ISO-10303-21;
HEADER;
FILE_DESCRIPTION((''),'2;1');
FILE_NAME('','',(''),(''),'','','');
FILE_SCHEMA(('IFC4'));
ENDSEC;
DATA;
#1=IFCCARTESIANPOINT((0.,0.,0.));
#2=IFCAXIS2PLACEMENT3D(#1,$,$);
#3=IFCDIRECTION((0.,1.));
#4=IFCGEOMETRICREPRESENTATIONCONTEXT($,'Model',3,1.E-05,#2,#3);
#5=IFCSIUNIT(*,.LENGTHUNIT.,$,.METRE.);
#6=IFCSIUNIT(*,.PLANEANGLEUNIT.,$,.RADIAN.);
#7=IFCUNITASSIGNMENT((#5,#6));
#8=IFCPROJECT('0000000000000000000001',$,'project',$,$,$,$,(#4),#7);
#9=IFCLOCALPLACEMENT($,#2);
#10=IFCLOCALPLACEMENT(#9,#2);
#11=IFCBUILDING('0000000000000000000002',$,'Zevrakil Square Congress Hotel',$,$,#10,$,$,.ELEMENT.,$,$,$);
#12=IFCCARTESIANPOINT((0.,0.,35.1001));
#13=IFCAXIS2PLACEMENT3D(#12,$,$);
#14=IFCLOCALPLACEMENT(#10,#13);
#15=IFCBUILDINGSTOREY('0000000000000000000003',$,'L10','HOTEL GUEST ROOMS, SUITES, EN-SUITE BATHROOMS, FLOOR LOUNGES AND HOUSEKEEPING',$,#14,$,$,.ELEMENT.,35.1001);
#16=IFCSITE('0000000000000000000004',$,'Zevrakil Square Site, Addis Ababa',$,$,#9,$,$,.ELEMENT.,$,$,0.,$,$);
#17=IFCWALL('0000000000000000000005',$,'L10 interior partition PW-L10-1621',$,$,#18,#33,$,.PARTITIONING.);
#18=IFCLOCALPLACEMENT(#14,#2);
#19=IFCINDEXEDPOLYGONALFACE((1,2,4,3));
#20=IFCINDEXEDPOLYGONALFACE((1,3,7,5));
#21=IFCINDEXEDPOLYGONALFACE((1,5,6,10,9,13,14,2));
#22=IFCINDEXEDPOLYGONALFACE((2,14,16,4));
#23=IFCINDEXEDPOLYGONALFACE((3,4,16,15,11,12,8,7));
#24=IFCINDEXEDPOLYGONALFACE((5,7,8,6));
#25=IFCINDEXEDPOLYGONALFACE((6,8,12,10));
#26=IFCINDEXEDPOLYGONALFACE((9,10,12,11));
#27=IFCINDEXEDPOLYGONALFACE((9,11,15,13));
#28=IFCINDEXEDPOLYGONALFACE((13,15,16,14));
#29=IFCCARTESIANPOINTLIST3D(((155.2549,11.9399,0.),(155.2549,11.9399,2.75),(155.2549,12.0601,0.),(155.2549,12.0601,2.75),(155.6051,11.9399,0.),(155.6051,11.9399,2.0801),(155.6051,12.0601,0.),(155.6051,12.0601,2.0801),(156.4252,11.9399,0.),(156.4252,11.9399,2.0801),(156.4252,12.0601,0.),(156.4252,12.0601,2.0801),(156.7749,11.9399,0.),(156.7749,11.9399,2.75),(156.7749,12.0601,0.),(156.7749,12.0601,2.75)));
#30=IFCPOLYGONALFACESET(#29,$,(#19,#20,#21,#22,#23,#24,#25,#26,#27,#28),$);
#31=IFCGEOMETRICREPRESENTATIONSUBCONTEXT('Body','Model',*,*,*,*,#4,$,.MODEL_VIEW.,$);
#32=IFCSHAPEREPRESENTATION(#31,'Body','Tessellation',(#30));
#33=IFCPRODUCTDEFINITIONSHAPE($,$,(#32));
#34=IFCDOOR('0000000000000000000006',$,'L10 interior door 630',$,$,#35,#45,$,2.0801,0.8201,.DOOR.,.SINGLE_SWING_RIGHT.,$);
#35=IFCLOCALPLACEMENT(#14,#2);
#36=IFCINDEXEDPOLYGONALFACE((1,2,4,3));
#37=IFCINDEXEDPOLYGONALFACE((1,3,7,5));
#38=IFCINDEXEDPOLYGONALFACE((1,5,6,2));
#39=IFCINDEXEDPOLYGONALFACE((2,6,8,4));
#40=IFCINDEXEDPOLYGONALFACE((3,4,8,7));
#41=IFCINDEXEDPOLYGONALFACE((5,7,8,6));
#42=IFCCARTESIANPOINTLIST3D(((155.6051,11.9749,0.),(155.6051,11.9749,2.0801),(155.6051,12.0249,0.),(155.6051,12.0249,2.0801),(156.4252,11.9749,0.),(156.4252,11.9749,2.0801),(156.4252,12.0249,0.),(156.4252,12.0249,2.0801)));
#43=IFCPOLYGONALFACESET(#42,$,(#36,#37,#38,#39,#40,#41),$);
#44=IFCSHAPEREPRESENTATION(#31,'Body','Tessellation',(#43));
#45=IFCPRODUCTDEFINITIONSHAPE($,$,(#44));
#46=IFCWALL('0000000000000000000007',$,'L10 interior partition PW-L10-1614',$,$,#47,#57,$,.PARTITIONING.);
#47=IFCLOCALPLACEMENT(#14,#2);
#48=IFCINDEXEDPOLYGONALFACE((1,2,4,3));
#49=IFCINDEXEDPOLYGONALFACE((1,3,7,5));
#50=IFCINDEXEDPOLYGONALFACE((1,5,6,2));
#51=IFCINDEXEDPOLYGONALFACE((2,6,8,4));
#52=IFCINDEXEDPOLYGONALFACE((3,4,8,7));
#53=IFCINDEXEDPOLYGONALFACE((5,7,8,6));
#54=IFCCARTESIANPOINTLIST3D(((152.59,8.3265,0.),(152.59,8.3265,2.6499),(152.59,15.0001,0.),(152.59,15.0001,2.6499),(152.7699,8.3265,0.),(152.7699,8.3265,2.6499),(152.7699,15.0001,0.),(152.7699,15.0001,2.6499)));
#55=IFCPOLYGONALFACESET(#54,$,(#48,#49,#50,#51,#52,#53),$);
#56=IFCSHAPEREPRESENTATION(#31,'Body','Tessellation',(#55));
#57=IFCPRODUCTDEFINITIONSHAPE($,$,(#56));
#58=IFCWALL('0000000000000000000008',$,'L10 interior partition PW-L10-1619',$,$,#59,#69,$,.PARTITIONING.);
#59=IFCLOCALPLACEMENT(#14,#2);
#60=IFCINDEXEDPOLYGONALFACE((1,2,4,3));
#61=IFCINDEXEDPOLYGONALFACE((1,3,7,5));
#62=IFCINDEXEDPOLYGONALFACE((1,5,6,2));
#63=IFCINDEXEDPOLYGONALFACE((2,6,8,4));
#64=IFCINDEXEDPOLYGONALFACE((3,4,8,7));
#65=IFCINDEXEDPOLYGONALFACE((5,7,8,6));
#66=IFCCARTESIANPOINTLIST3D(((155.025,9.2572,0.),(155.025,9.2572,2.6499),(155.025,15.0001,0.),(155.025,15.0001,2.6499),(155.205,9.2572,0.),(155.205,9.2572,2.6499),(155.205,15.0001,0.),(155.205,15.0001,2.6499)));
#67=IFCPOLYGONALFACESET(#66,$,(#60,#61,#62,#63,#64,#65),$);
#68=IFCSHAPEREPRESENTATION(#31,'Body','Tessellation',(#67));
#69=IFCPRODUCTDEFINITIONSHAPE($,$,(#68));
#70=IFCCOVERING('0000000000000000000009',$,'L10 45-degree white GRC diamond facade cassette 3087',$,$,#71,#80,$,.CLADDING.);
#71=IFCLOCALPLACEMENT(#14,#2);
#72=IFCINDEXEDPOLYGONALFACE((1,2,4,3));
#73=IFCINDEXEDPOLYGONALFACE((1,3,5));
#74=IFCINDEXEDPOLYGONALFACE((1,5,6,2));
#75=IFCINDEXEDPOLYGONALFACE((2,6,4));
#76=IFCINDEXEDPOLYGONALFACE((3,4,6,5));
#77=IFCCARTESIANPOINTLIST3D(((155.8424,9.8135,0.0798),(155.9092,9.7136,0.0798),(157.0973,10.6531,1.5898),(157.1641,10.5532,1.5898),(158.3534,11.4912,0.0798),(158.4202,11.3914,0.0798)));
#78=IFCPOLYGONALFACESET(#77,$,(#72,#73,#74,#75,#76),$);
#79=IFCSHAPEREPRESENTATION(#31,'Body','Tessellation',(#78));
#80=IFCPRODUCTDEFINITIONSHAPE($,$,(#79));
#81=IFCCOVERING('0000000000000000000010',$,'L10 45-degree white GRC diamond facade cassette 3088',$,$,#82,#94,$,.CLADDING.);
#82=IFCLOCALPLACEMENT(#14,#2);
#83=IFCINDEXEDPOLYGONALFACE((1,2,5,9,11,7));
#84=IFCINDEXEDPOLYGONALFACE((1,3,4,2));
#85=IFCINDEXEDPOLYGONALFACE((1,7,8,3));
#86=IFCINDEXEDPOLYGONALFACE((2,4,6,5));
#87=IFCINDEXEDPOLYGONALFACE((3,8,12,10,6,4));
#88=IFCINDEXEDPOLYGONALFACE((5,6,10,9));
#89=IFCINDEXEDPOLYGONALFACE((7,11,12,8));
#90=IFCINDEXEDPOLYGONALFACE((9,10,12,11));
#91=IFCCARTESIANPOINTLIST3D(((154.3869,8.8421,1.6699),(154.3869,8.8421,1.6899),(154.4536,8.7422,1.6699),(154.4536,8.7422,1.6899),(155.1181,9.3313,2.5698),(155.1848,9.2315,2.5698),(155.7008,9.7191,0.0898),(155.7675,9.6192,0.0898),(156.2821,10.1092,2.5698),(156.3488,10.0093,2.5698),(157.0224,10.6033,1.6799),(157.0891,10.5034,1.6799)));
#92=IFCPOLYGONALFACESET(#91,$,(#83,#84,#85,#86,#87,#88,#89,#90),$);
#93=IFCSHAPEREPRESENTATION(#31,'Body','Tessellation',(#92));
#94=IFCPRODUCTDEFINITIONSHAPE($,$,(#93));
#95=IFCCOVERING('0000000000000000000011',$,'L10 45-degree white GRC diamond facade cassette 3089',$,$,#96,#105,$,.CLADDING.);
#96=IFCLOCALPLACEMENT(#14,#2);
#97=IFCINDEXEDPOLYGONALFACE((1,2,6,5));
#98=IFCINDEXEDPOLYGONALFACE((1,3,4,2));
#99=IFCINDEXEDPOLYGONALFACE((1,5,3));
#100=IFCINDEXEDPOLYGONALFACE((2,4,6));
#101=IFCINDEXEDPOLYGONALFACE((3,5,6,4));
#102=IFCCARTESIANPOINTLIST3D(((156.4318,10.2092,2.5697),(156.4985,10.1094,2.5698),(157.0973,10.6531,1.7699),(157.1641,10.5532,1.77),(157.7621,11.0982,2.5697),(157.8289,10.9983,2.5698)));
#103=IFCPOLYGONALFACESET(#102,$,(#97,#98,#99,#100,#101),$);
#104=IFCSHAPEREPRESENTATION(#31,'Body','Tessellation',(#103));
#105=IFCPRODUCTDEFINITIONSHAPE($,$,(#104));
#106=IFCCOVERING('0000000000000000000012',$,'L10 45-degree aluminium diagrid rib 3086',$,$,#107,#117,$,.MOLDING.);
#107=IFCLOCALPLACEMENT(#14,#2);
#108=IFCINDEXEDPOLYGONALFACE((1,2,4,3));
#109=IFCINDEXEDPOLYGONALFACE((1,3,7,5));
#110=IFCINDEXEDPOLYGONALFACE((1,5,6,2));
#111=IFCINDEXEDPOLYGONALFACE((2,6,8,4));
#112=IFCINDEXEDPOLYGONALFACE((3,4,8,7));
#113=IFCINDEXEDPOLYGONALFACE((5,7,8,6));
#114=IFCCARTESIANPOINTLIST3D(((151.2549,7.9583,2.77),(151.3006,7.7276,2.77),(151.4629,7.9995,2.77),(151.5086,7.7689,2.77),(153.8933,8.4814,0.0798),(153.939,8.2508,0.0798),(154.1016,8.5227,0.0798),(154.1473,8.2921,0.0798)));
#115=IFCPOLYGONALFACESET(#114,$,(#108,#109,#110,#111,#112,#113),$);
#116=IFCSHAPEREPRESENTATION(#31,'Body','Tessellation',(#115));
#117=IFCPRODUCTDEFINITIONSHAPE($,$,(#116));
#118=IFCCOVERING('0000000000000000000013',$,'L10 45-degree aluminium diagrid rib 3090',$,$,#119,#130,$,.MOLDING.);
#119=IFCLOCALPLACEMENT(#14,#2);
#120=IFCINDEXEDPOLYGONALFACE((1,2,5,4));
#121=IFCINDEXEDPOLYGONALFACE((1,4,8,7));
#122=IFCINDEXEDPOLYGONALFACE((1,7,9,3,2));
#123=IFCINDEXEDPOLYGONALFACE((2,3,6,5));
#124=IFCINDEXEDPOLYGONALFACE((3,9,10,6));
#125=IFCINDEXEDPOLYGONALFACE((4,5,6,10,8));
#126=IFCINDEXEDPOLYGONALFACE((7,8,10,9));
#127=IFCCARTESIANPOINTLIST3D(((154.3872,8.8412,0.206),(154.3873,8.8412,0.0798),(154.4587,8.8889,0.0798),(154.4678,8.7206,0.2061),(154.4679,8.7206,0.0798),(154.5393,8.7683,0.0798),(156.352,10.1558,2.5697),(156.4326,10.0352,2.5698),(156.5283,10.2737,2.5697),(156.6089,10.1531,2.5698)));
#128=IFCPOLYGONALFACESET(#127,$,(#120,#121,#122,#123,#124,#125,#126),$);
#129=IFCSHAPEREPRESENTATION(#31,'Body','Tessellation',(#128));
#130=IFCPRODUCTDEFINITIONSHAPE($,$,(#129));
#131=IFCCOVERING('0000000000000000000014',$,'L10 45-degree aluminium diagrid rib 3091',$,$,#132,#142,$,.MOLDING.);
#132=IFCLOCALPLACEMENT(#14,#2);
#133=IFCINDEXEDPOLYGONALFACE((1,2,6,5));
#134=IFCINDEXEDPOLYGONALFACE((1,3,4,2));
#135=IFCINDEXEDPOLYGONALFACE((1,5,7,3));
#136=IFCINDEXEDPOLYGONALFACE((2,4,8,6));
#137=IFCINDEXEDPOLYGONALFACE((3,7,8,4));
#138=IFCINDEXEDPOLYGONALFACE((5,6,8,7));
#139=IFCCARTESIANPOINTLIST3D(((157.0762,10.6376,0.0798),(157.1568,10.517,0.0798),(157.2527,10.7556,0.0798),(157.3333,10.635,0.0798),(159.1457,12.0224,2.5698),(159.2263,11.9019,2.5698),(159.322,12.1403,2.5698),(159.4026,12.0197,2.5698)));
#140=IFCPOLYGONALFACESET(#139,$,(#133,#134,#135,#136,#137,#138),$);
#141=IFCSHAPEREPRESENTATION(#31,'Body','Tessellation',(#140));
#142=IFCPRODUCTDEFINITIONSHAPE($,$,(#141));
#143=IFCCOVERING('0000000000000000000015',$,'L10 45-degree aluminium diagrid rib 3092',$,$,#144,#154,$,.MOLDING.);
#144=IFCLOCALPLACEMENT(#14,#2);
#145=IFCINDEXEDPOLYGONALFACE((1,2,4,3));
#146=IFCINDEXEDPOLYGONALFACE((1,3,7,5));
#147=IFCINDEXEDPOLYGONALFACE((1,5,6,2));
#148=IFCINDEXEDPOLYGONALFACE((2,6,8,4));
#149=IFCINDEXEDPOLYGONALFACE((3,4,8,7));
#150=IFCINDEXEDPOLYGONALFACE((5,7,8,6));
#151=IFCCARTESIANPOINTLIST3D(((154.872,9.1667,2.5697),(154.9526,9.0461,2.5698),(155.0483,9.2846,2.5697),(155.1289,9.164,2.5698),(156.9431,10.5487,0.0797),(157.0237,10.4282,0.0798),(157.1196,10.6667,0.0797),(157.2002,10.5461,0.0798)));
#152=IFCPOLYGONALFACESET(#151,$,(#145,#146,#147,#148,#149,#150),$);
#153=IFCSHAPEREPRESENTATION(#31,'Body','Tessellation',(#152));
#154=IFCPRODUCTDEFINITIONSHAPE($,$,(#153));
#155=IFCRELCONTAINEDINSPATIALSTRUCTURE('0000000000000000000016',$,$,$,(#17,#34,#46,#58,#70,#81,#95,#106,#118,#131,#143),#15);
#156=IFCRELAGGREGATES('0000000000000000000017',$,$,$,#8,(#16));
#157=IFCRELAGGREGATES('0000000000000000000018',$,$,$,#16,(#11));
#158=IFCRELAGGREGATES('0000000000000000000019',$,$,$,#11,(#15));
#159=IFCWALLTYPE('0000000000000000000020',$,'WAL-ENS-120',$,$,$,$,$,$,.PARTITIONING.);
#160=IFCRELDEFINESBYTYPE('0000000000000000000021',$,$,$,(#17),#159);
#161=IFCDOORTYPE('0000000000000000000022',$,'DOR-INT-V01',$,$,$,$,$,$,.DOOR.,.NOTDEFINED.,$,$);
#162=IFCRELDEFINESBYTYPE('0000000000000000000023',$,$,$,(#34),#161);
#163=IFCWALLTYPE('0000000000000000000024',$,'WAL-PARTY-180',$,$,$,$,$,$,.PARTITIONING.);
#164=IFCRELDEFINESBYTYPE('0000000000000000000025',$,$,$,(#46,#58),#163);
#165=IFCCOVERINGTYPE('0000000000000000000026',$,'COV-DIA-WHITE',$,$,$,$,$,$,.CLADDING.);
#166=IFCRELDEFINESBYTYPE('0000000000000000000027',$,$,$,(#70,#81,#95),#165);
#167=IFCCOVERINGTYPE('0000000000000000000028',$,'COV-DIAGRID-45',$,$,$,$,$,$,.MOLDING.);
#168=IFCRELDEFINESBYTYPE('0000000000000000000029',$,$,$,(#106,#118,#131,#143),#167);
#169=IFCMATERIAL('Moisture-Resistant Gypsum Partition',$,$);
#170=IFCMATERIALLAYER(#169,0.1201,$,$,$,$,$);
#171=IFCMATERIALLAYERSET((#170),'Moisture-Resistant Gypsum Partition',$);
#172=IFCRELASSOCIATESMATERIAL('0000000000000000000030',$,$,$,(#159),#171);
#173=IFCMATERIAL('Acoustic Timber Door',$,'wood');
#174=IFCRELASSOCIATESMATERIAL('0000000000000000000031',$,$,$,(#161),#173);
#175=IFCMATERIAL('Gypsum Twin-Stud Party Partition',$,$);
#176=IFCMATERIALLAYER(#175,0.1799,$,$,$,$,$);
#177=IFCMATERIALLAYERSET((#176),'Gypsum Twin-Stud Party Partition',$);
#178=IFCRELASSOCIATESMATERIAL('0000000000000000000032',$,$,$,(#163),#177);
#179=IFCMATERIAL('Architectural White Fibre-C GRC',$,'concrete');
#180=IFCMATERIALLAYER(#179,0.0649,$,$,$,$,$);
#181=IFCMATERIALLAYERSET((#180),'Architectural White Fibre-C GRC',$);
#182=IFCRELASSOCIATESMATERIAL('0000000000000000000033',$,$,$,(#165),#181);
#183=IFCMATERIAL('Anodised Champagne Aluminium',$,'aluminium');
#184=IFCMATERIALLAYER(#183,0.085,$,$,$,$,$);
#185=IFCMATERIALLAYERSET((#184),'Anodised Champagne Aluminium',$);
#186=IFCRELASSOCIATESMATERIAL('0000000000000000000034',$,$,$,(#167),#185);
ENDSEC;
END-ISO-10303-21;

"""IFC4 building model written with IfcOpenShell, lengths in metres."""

from ifc_helpers import new_model, si_unit, direction, frame, frame_2d, origin, place, context, subcontext, project, spatial, polyline, rectangle, outline, extrude, material, layer, layer_set, type_object, element, fill, save


model = new_model("IFC4")

# Units and contexts
model_context = context("Model", 3, precision=1e-05, world=origin(), true_north=direction((0.0, 1.0)))
body_context = subcontext(model_context, "Body", "Model", "MODEL_VIEW")
ifc_project = project(units=[si_unit("LENGTHUNIT", "METRE"), si_unit("PLANEANGLEUNIT", "RADIAN")], contexts=[model_context])

# Site, building, storey
site_placement = place(None, origin())
site = spatial("IfcSite", under=ifc_project, at=site_placement, Name="Zevrakil Square Site, Addis Ababa", CompositionType="ELEMENT", RefElevation=0.0)
building_placement = place(site_placement, origin())
building = spatial("IfcBuilding", under=site, at=building_placement, Name="Zevrakil Square Congress Hotel", CompositionType="ELEMENT")
storey_placement = place(building_placement, frame((0.0, 0.0, 35.1001)))
storey = spatial("IfcBuildingStorey", under=building, at=storey_placement, Name="L10", Description="HOTEL GUEST ROOMS, SUITES, EN-SUITE BATHROOMS, FLOOR LOUNGES AND HOUSEKEEPING", CompositionType="ELEMENT", Elevation=35.1001)

# Shared definitions
ifc_material_1 = material(Name="Moisture-Resistant Gypsum Partition")
ifc_layer_1 = layer(ifc_material_1, 0.1201)
ifc_layer_set_1 = layer_set([ifc_layer_1], Name="Moisture-Resistant Gypsum Partition")
wall_type_1 = type_object("IfcWallType", Name="WAL-ENS-120", PredefinedType="PARTITIONING", material=ifc_layer_set_1)

# Wall, opening, door
ifc_material_2 = material(Name="Acoustic Timber Door", Category="wood")
door_type = type_object("IfcDoorType", Name="DOR-INT-V01", OperationType="NOTDEFINED", PredefinedType="DOOR", material=ifc_material_2)
wall_1_placement = place(storey_placement, frame((155.2549, 12.0, 0.0), z_axis=(0.0, 0.0, 1.0), x_axis=(1.0, 0.0, 0.0)))
wall_1 = element("IfcWall", 1, at=wall_1_placement, inside=storey, type_object=wall_type_1, Name="L10 interior partition PW-L10-1621", PredefinedType="PARTITIONING", context=body_context, shape_type="SweptSolid", body=[
    extrude(rectangle(XDim=1.52, YDim=0.1201, at=frame_2d((0.76, 0.0))), origin(), (0.0, 0.0, 1.0), 2.75),
])
opening_1_placement = place(wall_1_placement, frame((0.3501, 0.0, 0.0)))
opening_1 = element("IfcOpeningElement", 2, at=opening_1_placement, cuts=wall_1, PredefinedType="OPENING", context=body_context, shape_type="SweptSolid", body=[
    extrude(rectangle(XDim=0.8201, YDim=2.0801, at=frame_2d((0.4102, 1.04))), frame((0.0, 0.0701, 0.0), z_axis=(0.0, -1.0, 0.0), x_axis=(1.0, 0.0, 0.0)), (0.0, 0.0, 1.0), 0.1401),
])
door_1_placement = place(opening_1_placement, origin())
door_1 = element("IfcDoor", 3, at=door_1_placement, inside=storey, type_object=door_type, Name="L10 interior door 630", OperationType="SINGLE_SWING_RIGHT", OverallHeight=2.0801, OverallWidth=0.8201, PredefinedType="DOOR", context=body_context, shape_type="SweptSolid", body=[
    extrude(rectangle(XDim=0.8201, YDim=2.0801, at=frame_2d((0.4102, 1.04))), frame((0.0, 0.0249, 0.0), z_axis=(0.0, -1.0, 0.0), x_axis=(1.0, 0.0, 0.0)), (0.0, 0.0, 1.0), 0.05),
])
fill(opening_1, door_1)

# Walls
ifc_material_3 = material(Name="Gypsum Twin-Stud Party Partition")
ifc_layer_2 = layer(ifc_material_3, 0.1799)
ifc_layer_set_2 = layer_set([ifc_layer_2], Name="Gypsum Twin-Stud Party Partition")
wall_type_2 = type_object("IfcWallType", Name="WAL-PARTY-180", PredefinedType="PARTITIONING", material=ifc_layer_set_2)
wall_2_placement = place(storey_placement, frame((152.6799, 8.3264, 0.0), z_axis=(0.0, 0.0, 1.0), x_axis=(0.0, 1.0, 0.0)))
element("IfcWall", 4, at=wall_2_placement, inside=storey, type_object=wall_type_2, Name="L10 interior partition PW-L10-1614", PredefinedType="PARTITIONING", context=body_context, shape_type="SweptSolid", body=[
    extrude(rectangle(XDim=6.6736, YDim=0.1799, at=frame_2d((3.3369, 0.0))), origin(), (0.0, 0.0, 1.0), 2.6499),
])
wall_3_placement = place(storey_placement, frame((155.115, 9.2571, 0.0), z_axis=(0.0, 0.0, 1.0), x_axis=(0.0, 1.0, 0.0)))
element("IfcWall", 5, at=wall_3_placement, inside=storey, type_object=wall_type_2, Name="L10 interior partition PW-L10-1619", PredefinedType="PARTITIONING", context=body_context, shape_type="SweptSolid", body=[
    extrude(rectangle(XDim=5.7429, YDim=0.1799, at=frame_2d((2.8716, 0.0))), origin(), (0.0, 0.0, 1.0), 2.6499),
])

# Coverings
ifc_material_4 = material(Name="Architectural White Fibre-C GRC", Category="concrete")
ifc_layer_3 = layer(ifc_material_4, 0.0649)
ifc_layer_set_3 = layer_set([ifc_layer_3], Name="Architectural White Fibre-C GRC")
covering_type_1 = type_object("IfcCoveringType", Name="COV-DIA-WHITE", PredefinedType="CLADDING", material=ifc_layer_set_3)
covering_1_placement = place(storey_placement, frame((157.1641, 10.5532, 1.5898), z_axis=(0.555558, -0.831478, 0.000628), x_axis=(0.588199, 0.392476, -0.707096)))
element("IfcCovering", 6, at=covering_1_placement, inside=storey, type_object=covering_type_1, Name="L10 45-degree white GRC diamond facade cassette 3087", PredefinedType="CLADDING", context=body_context, shape_type="SweptSolid", body=[
    extrude(outline(polyline([(0.0, 0.0), (2.1355, 0.0), (0.0001, -2.1354), (0.0, 0.0)])), origin(), (0.0, 0.0, -1.0), 0.1201),
])
covering_2_placement = place(storey_placement, frame((157.0891, 10.5034, 1.6799), z_axis=(0.555618, -0.831437, 0.000567), x_axis=(-0.587693, -0.393216, -0.707106)))
element("IfcCovering", 7, at=covering_2_placement, inside=storey, type_object=covering_type_1, Name="L10 45-degree white GRC diamond facade cassette 3088", PredefinedType="CLADDING", context=body_context, shape_type="SweptSolid", body=[
    extrude(outline(polyline([(0.0, 0.0), (2.2487, 0.0), (2.2485, -2.2343), (2.2343, -2.2485), (0.9901, -2.2485), (0.0001, -1.2586), (0.0, 0.0)])), origin(), (0.0, 0.0, -1.0), 0.1201),
])
covering_3_placement = place(storey_placement, frame((157.1641, 10.5532, 1.77), z_axis=(0.55558, -0.831463, 0.000889), x_axis=(-0.588337, -0.392369, 0.707041)))
element("IfcCovering", 8, at=covering_3_placement, inside=storey, type_object=covering_type_1, Name="L10 45-degree white GRC diamond facade cassette 3089", PredefinedType="CLADDING", context=body_context, shape_type="SweptSolid", body=[
    extrude(outline(polyline([(0.0, 0.0), (1.1312, 0.0), (-0.0003, -1.1312), (0.0, 0.0)])), origin(), (0.0, 0.0, -1.0), 0.1201),
])
ifc_material_5 = material(Name="Anodised Champagne Aluminium", Category="aluminium")
ifc_layer_4 = layer(ifc_material_5, 0.085)
ifc_layer_set_4 = layer_set([ifc_layer_4], Name="Anodised Champagne Aluminium")
covering_type_2 = type_object("IfcCoveringType", Name="COV-DIAGRID-45", PredefinedType="MOLDING", material=ifc_layer_set_4)
covering_4_placement = place(storey_placement, frame((151.2549, 7.9583, 2.77), z_axis=(-0.194456, 0.980911, 0.000046), x_axis=(0.980911, 0.194456, 0.0)))
element("IfcCovering", 9, at=covering_4_placement, inside=storey, type_object=covering_type_2, Name="L10 45-degree aluminium diagrid rib 3086", PredefinedType="MOLDING", context=body_context, shape_type="SweptSolid", body=[
    extrude(outline(polyline([(0.0, 0.0), (0.2121, 0.0), (2.9021, 2.6902), (2.6898, 2.6902), (0.0, 0.0)])), origin(), (0.0, 0.0, -1.0), 0.2351),
])
covering_5_placement = place(storey_placement, frame((154.5393, 8.7683, 0.0798), z_axis=(0.555656, -0.831412, 0.00054), x_axis=(-0.831412, -0.555656, -0.000001)))
element("IfcCovering", 10, at=covering_5_placement, inside=storey, type_object=covering_type_2, Name="L10 45-degree aluminium diagrid rib 3090", PredefinedType="MOLDING", context=body_context, shape_type="SweptSolid", body=[
    extrude(outline(polyline([(0.0, 0.0), (0.0859, 0.0), (0.0859, -0.1262), (-2.2781, -2.49), (-2.4901, -2.49), (0.0, 0.0)])), origin(), (0.0, 0.0, -1.0), 0.145),
])
covering_6_placement = place(storey_placement, frame((157.3333, 10.635, 0.0798), z_axis=(0.555762, -0.831341, 0.000437), x_axis=(-0.831342, -0.555762, 0.0)))
element("IfcCovering", 11, at=covering_6_placement, inside=storey, type_object=covering_type_2, Name="L10 45-degree aluminium diagrid rib 3091", PredefinedType="MOLDING", context=body_context, shape_type="SweptSolid", body=[
    extrude(outline(polyline([(0.0, 0.0), (0.2123, 0.0), (-2.2778, -2.49), (-2.4899, -2.49), (0.0, 0.0)])), origin(), (0.0, 0.0, -1.0), 0.145),
])
covering_7_placement = place(storey_placement, frame((154.9526, 9.0461, 2.5698), z_axis=(0.555762, -0.831341, 0.000841), x_axis=(0.831342, 0.555762, 0.0)))
element("IfcCovering", 12, at=covering_7_placement, inside=storey, type_object=covering_type_2, Name="L10 45-degree aluminium diagrid rib 3092", PredefinedType="MOLDING", context=body_context, shape_type="SweptSolid", body=[
    extrude(outline(polyline([(0.0, 0.0), (0.2121, 0.0), (2.7021, -2.49), (2.4899, -2.49), (0.0, 0.0)])), origin(), (0.0, 0.0, -1.0), 0.145),
])

save(model, "model.ifc")
